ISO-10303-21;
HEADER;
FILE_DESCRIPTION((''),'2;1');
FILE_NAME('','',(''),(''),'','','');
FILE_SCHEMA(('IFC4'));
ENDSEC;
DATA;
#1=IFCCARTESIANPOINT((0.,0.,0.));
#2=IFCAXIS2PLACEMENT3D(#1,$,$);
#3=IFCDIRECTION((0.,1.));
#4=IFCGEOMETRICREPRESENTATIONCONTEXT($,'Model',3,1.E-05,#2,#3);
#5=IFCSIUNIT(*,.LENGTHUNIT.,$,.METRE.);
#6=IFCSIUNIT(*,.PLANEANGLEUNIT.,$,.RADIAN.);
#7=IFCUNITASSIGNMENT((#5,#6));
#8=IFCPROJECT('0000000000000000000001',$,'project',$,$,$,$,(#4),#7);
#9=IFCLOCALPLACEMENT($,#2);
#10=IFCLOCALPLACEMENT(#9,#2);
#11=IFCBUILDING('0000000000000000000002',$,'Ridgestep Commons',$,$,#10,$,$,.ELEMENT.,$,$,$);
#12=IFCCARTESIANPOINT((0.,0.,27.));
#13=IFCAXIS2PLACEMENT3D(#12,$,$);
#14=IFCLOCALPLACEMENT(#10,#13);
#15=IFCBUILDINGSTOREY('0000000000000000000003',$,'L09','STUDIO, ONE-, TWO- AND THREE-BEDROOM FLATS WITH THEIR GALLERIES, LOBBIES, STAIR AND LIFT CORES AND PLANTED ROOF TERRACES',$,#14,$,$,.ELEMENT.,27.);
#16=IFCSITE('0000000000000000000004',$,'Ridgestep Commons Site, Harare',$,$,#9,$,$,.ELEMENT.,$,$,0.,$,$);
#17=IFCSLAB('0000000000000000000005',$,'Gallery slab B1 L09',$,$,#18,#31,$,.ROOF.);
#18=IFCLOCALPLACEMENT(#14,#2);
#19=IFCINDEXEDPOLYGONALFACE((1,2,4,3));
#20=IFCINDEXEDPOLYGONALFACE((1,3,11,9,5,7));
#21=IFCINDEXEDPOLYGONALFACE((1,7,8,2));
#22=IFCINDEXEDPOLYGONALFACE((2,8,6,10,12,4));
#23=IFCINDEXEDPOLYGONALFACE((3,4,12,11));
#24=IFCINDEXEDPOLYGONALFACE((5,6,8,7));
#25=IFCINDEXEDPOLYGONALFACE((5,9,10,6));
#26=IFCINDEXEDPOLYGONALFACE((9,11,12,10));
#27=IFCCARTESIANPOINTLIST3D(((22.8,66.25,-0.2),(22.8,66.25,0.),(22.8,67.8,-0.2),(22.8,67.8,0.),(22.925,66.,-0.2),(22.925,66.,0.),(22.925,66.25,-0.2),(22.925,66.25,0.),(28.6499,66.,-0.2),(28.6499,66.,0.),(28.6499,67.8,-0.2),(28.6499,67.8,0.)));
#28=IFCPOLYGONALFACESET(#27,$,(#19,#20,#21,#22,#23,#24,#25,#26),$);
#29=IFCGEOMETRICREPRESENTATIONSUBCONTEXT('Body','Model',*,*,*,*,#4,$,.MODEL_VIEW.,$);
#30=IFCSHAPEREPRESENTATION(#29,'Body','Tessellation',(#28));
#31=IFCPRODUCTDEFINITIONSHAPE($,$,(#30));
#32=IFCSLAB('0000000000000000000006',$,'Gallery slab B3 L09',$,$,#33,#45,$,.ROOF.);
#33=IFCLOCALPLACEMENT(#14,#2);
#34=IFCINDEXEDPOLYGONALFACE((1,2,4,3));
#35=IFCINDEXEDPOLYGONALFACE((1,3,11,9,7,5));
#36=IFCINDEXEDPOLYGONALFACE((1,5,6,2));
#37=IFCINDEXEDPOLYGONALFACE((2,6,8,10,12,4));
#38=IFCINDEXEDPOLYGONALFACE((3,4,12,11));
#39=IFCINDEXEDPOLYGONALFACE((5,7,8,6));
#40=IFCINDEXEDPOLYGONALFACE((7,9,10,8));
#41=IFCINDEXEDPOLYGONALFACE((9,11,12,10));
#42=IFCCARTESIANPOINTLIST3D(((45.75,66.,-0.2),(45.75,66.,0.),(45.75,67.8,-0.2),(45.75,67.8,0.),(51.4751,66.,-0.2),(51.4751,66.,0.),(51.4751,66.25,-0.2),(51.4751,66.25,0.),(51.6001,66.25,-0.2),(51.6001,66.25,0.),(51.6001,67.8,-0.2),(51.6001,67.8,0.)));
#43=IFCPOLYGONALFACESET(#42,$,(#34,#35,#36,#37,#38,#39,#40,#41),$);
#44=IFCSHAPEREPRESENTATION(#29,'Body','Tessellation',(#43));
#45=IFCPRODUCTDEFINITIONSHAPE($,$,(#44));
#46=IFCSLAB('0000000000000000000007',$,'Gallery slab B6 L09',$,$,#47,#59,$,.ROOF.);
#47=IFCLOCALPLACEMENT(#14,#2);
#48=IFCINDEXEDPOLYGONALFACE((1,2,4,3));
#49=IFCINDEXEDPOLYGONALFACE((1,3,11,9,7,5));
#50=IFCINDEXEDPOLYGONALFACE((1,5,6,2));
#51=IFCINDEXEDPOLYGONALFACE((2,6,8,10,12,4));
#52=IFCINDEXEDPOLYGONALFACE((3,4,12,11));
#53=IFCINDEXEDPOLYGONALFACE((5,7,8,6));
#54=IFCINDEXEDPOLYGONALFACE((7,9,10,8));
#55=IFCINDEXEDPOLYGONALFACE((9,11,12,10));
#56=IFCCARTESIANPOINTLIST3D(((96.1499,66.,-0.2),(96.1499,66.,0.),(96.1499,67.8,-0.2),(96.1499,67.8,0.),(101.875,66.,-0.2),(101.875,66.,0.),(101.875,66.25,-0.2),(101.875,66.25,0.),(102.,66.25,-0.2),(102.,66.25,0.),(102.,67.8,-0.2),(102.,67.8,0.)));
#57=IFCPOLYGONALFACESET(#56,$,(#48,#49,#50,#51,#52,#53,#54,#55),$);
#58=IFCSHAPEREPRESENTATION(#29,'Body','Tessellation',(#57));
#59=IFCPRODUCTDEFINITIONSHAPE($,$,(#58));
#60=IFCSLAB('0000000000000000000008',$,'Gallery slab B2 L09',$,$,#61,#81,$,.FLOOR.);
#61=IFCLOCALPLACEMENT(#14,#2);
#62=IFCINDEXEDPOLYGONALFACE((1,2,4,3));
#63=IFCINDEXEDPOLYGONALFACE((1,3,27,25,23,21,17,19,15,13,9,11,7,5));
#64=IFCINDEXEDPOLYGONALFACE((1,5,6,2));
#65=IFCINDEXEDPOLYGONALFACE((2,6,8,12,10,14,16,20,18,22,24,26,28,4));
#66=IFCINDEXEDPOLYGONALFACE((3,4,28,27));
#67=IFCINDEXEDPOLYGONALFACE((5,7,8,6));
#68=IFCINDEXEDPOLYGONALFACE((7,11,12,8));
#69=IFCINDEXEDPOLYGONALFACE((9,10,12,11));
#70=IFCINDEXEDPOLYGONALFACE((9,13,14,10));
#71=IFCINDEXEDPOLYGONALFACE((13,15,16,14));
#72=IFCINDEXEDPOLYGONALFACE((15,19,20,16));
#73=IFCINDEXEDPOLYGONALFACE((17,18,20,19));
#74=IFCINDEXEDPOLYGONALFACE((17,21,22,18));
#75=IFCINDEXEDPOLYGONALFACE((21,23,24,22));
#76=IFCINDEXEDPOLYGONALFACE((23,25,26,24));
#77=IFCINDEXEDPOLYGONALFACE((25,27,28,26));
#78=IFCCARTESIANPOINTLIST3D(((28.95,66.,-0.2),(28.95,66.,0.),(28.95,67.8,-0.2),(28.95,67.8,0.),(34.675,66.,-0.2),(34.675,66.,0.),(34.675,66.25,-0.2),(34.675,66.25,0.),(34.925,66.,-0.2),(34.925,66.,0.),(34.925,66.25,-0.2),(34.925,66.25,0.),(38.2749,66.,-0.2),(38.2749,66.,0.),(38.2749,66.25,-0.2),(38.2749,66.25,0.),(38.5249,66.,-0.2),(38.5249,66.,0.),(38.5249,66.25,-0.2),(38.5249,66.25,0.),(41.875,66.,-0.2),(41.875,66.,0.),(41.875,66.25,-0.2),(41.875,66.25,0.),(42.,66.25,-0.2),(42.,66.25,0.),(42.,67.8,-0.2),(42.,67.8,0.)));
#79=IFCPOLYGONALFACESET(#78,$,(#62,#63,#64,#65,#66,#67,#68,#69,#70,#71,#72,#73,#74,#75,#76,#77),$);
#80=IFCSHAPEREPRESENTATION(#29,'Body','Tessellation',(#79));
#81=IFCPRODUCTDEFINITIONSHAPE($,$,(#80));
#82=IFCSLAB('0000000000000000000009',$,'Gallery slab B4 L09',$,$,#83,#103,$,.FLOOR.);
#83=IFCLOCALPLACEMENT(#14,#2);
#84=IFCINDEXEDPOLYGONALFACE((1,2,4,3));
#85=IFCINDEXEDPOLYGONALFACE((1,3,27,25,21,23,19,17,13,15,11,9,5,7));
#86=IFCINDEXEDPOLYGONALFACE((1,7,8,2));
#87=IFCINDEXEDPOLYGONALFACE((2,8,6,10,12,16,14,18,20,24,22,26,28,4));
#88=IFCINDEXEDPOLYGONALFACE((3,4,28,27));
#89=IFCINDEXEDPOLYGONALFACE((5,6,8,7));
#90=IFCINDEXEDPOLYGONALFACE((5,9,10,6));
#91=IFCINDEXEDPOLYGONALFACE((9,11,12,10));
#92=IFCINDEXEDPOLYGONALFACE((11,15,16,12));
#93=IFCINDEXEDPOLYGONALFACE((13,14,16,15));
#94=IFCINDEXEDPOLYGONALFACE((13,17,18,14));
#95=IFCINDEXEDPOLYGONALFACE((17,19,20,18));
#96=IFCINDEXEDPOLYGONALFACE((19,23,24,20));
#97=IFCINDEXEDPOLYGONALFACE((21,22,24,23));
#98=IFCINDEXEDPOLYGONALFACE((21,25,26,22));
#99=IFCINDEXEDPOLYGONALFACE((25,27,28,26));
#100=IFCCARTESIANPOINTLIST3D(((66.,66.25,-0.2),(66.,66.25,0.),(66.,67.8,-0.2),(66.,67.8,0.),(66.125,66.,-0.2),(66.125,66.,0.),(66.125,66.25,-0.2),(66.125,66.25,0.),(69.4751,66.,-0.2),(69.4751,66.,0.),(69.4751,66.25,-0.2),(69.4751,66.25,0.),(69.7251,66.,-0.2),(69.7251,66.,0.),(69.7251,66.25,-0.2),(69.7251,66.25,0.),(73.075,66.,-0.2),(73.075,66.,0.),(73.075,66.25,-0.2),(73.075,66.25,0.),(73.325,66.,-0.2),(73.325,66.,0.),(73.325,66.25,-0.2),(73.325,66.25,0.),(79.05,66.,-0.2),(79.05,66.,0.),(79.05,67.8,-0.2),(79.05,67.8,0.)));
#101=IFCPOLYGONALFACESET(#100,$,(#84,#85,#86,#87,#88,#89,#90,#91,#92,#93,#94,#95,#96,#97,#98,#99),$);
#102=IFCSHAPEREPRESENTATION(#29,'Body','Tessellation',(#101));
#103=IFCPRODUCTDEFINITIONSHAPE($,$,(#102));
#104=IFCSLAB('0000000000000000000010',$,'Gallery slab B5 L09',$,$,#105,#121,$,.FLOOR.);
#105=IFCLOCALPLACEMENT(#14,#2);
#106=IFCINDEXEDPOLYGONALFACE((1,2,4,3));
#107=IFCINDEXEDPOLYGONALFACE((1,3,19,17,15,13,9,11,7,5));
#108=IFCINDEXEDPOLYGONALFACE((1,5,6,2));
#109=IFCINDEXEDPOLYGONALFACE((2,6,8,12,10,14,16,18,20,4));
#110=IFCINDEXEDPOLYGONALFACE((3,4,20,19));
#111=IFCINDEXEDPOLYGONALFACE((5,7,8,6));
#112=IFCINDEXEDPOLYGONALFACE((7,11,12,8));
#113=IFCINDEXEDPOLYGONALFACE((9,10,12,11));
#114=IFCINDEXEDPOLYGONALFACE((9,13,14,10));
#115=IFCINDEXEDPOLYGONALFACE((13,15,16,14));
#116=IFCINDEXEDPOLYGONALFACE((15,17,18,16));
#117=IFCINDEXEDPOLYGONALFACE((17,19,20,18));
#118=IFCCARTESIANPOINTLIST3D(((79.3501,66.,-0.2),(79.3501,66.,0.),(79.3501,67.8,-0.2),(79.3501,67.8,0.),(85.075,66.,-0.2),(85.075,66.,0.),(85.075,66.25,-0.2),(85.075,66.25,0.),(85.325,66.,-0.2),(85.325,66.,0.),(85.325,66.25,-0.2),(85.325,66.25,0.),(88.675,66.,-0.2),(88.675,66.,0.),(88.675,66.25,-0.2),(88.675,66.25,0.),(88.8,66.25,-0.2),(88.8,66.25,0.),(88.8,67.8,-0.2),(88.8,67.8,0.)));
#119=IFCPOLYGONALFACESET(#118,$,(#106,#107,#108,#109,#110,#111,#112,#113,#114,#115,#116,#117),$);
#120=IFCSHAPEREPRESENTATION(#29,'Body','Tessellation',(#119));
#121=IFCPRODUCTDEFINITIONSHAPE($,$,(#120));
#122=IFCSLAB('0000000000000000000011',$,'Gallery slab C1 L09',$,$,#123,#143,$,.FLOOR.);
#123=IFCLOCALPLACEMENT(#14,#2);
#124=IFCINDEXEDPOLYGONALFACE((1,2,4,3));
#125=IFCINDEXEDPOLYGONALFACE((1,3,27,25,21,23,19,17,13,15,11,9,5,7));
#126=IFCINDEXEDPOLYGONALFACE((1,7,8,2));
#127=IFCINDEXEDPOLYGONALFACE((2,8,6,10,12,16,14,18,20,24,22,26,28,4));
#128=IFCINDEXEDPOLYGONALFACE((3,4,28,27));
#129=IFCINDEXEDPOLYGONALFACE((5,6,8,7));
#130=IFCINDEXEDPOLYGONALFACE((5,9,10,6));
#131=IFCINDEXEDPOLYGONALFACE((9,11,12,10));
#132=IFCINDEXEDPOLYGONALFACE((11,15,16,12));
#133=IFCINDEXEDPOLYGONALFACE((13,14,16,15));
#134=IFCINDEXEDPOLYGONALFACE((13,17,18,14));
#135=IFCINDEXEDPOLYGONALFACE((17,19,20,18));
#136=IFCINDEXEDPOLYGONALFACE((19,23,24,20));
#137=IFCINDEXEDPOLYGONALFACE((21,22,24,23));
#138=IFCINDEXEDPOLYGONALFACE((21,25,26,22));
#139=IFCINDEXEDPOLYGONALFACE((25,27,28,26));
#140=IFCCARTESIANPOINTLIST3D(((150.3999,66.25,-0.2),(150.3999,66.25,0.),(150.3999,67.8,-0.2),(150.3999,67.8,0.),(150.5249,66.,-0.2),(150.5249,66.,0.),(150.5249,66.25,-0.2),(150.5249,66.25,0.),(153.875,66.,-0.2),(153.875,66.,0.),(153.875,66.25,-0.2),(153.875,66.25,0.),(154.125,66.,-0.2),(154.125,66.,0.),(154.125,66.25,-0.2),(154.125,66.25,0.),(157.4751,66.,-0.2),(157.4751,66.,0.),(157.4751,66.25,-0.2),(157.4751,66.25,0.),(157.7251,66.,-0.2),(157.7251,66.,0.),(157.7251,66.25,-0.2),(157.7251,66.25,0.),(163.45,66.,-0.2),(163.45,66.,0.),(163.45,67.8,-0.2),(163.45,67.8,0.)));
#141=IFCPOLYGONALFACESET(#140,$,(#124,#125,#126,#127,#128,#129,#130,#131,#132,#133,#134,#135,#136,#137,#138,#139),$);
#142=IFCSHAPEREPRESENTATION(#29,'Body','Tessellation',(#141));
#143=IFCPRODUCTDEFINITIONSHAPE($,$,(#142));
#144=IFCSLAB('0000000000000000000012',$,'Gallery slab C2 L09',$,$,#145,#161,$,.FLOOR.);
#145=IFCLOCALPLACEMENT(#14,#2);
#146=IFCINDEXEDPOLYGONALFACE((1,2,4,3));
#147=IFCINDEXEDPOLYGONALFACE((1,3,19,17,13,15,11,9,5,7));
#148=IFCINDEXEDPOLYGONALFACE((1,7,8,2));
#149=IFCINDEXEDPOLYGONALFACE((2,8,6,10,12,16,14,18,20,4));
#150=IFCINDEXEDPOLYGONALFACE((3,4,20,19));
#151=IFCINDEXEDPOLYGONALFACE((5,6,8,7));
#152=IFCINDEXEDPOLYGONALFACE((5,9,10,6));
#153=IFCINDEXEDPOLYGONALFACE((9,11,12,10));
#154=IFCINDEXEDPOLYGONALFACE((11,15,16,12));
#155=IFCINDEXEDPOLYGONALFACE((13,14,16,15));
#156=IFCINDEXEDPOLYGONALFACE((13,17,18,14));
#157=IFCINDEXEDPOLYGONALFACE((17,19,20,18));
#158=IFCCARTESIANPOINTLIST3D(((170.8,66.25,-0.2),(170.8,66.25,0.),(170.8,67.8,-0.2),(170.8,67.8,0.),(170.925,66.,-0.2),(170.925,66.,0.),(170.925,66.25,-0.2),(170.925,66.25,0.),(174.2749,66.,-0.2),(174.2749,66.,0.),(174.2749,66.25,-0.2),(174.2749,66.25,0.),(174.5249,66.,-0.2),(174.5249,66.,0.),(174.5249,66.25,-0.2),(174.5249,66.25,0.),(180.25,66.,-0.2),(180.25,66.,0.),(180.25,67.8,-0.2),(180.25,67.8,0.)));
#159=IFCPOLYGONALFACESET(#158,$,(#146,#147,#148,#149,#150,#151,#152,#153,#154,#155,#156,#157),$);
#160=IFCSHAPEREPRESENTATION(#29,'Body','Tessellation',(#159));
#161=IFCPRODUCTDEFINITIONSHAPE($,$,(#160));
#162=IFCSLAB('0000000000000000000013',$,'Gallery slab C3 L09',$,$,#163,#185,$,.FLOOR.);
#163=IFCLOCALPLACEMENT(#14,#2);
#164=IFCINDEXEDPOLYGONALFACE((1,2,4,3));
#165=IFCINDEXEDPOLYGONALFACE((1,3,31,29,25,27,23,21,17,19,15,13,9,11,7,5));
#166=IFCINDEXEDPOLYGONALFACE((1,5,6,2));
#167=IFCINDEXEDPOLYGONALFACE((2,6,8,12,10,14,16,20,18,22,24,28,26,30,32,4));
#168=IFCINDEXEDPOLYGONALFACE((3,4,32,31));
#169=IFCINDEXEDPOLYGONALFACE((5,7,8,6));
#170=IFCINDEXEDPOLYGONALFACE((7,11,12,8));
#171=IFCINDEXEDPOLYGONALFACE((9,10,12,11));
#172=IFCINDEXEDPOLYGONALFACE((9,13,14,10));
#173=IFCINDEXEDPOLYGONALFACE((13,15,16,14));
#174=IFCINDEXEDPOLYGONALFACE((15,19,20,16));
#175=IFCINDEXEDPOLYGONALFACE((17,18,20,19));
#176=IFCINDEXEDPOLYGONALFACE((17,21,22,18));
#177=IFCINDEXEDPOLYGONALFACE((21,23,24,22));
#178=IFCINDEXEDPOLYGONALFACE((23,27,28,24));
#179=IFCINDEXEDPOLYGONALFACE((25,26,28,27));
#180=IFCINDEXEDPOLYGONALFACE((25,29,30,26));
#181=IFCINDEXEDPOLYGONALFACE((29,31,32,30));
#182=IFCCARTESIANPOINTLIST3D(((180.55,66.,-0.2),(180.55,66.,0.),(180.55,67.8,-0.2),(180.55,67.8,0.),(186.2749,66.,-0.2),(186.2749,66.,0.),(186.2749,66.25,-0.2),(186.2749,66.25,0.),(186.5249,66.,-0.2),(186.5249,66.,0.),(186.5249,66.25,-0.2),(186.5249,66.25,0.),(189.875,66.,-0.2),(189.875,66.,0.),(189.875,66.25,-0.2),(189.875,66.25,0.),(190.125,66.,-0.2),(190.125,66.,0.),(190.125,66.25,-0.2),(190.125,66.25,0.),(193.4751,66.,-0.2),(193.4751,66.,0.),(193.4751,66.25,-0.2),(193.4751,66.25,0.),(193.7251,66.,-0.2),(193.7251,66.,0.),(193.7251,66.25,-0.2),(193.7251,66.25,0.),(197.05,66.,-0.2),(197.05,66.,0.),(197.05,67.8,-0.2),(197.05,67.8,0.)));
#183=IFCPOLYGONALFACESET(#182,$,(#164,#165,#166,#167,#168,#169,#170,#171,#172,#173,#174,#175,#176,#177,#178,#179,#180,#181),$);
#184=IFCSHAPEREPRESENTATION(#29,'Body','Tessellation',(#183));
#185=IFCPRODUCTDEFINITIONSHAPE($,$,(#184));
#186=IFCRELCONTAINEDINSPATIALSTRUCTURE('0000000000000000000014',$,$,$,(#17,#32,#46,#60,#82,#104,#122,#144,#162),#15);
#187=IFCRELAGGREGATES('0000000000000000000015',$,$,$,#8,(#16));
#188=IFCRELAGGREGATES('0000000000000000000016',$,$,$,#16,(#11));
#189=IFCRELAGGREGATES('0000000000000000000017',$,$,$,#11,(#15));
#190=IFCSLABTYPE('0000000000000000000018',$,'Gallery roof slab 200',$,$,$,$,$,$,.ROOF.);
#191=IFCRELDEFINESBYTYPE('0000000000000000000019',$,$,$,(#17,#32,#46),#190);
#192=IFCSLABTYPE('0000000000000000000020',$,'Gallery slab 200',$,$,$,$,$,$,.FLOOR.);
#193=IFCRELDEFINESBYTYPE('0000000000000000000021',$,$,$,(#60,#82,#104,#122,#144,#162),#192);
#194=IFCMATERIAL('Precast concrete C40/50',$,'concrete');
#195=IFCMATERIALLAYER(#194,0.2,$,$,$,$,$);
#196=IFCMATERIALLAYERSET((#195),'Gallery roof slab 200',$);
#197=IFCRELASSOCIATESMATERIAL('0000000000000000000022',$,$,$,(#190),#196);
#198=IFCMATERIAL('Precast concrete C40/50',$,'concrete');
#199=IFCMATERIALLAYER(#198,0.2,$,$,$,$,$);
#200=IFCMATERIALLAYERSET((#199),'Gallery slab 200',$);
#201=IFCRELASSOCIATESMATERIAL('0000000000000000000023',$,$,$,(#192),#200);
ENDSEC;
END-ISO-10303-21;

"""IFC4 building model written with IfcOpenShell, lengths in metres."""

from ifc_helpers import new_model, si_unit, direction, frame, origin, place, context, subcontext, project, spatial, polyline, outline, extrude, material, layer, layer_set, type_object, element, save


model = new_model("IFC4")

# Units and contexts
model_context = context("Model", 3, precision=1e-05, world=origin(), true_north=direction((0.0, 1.0)))
body_context = subcontext(model_context, "Body", "Model", "MODEL_VIEW")
ifc_project = project(units=[si_unit("LENGTHUNIT", "METRE"), si_unit("PLANEANGLEUNIT", "RADIAN")], contexts=[model_context])

# Site, building, storey
site_placement = place(None, origin())
site = spatial("IfcSite", under=ifc_project, at=site_placement, Name="Ridgestep Commons Site, Harare", CompositionType="ELEMENT", RefElevation=0.0)
building_placement = place(site_placement, origin())
building = spatial("IfcBuilding", under=site, at=building_placement, Name="Ridgestep Commons", CompositionType="ELEMENT")
storey_placement = place(building_placement, frame((0.0, 0.0, 27.0)))
storey = spatial("IfcBuildingStorey", under=building, at=storey_placement, Name="L09", Description="STUDIO, ONE-, TWO- AND THREE-BEDROOM FLATS WITH THEIR GALLERIES, LOBBIES, STAIR AND LIFT CORES AND PLANTED ROOF TERRACES", CompositionType="ELEMENT", Elevation=27.0)

# Slabs
ifc_material_1 = material(Name="Precast concrete C40/50", Category="concrete")
ifc_layer_1 = layer(ifc_material_1, 0.2)
ifc_layer_set_1 = layer_set([ifc_layer_1], Name="Gallery roof slab 200")
slab_type_1 = type_object("IfcSlabType", Name="Gallery roof slab 200", PredefinedType="ROOF", material=ifc_layer_set_1)
slab_1_placement = place(storey_placement, frame((0.0, 0.0, -0.2)))
element("IfcSlab", 1, at=slab_1_placement, inside=storey, type_object=slab_type_1, Name="Gallery slab B1 L09", PredefinedType="ROOF", context=body_context, shape_type="SweptSolid", body=[
    extrude(outline(polyline([(22.8, 67.8), (22.8, 66.25), (22.925, 66.25), (22.925, 66.0), (28.6499, 66.0), (28.6499, 67.8), (22.8, 67.8)])), origin(), (0.0, 0.0, 1.0), 0.2),
])
slab_2_placement = place(storey_placement, frame((0.0, 0.0, -0.2)))
element("IfcSlab", 2, at=slab_2_placement, inside=storey, type_object=slab_type_1, Name="Gallery slab B3 L09", PredefinedType="ROOF", context=body_context, shape_type="SweptSolid", body=[
    extrude(outline(polyline([(45.75, 66.0), (51.4751, 66.0), (51.4751, 66.25), (51.6001, 66.25), (51.6001, 67.8), (45.75, 67.8), (45.75, 66.0)])), origin(), (0.0, 0.0, 1.0), 0.2),
])
slab_3_placement = place(storey_placement, frame((0.0, 0.0, -0.2)))
element("IfcSlab", 3, at=slab_3_placement, inside=storey, type_object=slab_type_1, Name="Gallery slab B6 L09", PredefinedType="ROOF", context=body_context, shape_type="SweptSolid", body=[
    extrude(outline(polyline([(96.1499, 66.0), (101.875, 66.0), (101.875, 66.25), (102.0, 66.25), (102.0, 67.8), (96.1499, 67.8), (96.1499, 66.0)])), origin(), (0.0, 0.0, 1.0), 0.2),
])
ifc_material_2 = material(Name="Precast concrete C40/50", Category="concrete")
ifc_layer_2 = layer(ifc_material_2, 0.2)
ifc_layer_set_2 = layer_set([ifc_layer_2], Name="Gallery slab 200")
slab_type_2 = type_object("IfcSlabType", Name="Gallery slab 200", PredefinedType="FLOOR", material=ifc_layer_set_2)
slab_4_placement = place(storey_placement, frame((0.0, 0.0, -0.2)))
element("IfcSlab", 4, at=slab_4_placement, inside=storey, type_object=slab_type_2, Name="Gallery slab B2 L09", PredefinedType="FLOOR", context=body_context, shape_type="SweptSolid", body=[
    extrude(outline(polyline([(42.0, 67.8), (28.95, 67.8), (28.95, 66.0), (34.675, 66.0), (34.675, 66.25), (34.925, 66.25), (34.925, 66.0), (38.2749, 66.0), (38.2749, 66.25), (38.5249, 66.25), (38.5249, 66.0), (41.875, 66.0), (41.875, 66.25), (42.0, 66.25), (42.0, 67.8)])), origin(), (0.0, 0.0, 1.0), 0.2),
])
slab_5_placement = place(storey_placement, frame((0.0, 0.0, -0.2)))
element("IfcSlab", 5, at=slab_5_placement, inside=storey, type_object=slab_type_2, Name="Gallery slab B4 L09", PredefinedType="FLOOR", context=body_context, shape_type="SweptSolid", body=[
    extrude(outline(polyline([(79.05, 66.0), (79.05, 67.8), (66.0, 67.8), (66.0, 66.25), (66.125, 66.25), (66.125, 66.0), (69.4751, 66.0), (69.4751, 66.25), (69.7251, 66.25), (69.7251, 66.0), (73.075, 66.0), (73.075, 66.25), (73.325, 66.25), (73.325, 66.0), (79.05, 66.0)])), origin(), (0.0, 0.0, 1.0), 0.2),
])
slab_6_placement = place(storey_placement, frame((0.0, 0.0, -0.2)))
element("IfcSlab", 6, at=slab_6_placement, inside=storey, type_object=slab_type_2, Name="Gallery slab B5 L09", PredefinedType="FLOOR", context=body_context, shape_type="SweptSolid", body=[
    extrude(outline(polyline([(79.3501, 67.8), (79.3501, 66.0), (85.075, 66.0), (85.075, 66.25), (85.325, 66.25), (85.325, 66.0), (88.675, 66.0), (88.675, 66.25), (88.8, 66.25), (88.8, 67.8), (79.3501, 67.8)])), origin(), (0.0, 0.0, 1.0), 0.2),
])
slab_7_placement = place(storey_placement, frame((0.0, 0.0, -0.2)))
element("IfcSlab", 7, at=slab_7_placement, inside=storey, type_object=slab_type_2, Name="Gallery slab C1 L09", PredefinedType="FLOOR", context=body_context, shape_type="SweptSolid", body=[
    extrude(outline(polyline([(163.45, 66.0), (163.45, 67.8), (150.3999, 67.8), (150.3999, 66.25), (150.5249, 66.25), (150.5249, 66.0), (153.875, 66.0), (153.875, 66.25), (154.125, 66.25), (154.125, 66.0), (157.4751, 66.0), (157.4751, 66.25), (157.7251, 66.25), (157.7251, 66.0), (163.45, 66.0)])), origin(), (0.0, 0.0, 1.0), 0.2),
])
slab_8_placement = place(storey_placement, frame((0.0, 0.0, -0.2)))
element("IfcSlab", 8, at=slab_8_placement, inside=storey, type_object=slab_type_2, Name="Gallery slab C2 L09", PredefinedType="FLOOR", context=body_context, shape_type="SweptSolid", body=[
    extrude(outline(polyline([(180.25, 67.8), (170.8, 67.8), (170.8, 66.25), (170.925, 66.25), (170.925, 66.0), (174.2749, 66.0), (174.2749, 66.25), (174.5249, 66.25), (174.5249, 66.0), (180.25, 66.0), (180.25, 67.8)])), origin(), (0.0, 0.0, 1.0), 0.2),
])
slab_9_placement = place(storey_placement, frame((0.0, 0.0, -0.2)))
element("IfcSlab", 9, at=slab_9_placement, inside=storey, type_object=slab_type_2, Name="Gallery slab C3 L09", PredefinedType="FLOOR", context=body_context, shape_type="SweptSolid", body=[
    extrude(outline(polyline([(197.05, 67.8), (180.55, 67.8), (180.55, 66.0), (186.2749, 66.0), (186.2749, 66.25), (186.5249, 66.25), (186.5249, 66.0), (189.875, 66.0), (189.875, 66.25), (190.125, 66.25), (190.125, 66.0), (193.4751, 66.0), (193.4751, 66.25), (193.7251, 66.25), (193.7251, 66.0), (197.05, 66.0), (197.05, 67.8)])), origin(), (0.0, 0.0, 1.0), 0.2),
])

save(model, "model.ifc")
